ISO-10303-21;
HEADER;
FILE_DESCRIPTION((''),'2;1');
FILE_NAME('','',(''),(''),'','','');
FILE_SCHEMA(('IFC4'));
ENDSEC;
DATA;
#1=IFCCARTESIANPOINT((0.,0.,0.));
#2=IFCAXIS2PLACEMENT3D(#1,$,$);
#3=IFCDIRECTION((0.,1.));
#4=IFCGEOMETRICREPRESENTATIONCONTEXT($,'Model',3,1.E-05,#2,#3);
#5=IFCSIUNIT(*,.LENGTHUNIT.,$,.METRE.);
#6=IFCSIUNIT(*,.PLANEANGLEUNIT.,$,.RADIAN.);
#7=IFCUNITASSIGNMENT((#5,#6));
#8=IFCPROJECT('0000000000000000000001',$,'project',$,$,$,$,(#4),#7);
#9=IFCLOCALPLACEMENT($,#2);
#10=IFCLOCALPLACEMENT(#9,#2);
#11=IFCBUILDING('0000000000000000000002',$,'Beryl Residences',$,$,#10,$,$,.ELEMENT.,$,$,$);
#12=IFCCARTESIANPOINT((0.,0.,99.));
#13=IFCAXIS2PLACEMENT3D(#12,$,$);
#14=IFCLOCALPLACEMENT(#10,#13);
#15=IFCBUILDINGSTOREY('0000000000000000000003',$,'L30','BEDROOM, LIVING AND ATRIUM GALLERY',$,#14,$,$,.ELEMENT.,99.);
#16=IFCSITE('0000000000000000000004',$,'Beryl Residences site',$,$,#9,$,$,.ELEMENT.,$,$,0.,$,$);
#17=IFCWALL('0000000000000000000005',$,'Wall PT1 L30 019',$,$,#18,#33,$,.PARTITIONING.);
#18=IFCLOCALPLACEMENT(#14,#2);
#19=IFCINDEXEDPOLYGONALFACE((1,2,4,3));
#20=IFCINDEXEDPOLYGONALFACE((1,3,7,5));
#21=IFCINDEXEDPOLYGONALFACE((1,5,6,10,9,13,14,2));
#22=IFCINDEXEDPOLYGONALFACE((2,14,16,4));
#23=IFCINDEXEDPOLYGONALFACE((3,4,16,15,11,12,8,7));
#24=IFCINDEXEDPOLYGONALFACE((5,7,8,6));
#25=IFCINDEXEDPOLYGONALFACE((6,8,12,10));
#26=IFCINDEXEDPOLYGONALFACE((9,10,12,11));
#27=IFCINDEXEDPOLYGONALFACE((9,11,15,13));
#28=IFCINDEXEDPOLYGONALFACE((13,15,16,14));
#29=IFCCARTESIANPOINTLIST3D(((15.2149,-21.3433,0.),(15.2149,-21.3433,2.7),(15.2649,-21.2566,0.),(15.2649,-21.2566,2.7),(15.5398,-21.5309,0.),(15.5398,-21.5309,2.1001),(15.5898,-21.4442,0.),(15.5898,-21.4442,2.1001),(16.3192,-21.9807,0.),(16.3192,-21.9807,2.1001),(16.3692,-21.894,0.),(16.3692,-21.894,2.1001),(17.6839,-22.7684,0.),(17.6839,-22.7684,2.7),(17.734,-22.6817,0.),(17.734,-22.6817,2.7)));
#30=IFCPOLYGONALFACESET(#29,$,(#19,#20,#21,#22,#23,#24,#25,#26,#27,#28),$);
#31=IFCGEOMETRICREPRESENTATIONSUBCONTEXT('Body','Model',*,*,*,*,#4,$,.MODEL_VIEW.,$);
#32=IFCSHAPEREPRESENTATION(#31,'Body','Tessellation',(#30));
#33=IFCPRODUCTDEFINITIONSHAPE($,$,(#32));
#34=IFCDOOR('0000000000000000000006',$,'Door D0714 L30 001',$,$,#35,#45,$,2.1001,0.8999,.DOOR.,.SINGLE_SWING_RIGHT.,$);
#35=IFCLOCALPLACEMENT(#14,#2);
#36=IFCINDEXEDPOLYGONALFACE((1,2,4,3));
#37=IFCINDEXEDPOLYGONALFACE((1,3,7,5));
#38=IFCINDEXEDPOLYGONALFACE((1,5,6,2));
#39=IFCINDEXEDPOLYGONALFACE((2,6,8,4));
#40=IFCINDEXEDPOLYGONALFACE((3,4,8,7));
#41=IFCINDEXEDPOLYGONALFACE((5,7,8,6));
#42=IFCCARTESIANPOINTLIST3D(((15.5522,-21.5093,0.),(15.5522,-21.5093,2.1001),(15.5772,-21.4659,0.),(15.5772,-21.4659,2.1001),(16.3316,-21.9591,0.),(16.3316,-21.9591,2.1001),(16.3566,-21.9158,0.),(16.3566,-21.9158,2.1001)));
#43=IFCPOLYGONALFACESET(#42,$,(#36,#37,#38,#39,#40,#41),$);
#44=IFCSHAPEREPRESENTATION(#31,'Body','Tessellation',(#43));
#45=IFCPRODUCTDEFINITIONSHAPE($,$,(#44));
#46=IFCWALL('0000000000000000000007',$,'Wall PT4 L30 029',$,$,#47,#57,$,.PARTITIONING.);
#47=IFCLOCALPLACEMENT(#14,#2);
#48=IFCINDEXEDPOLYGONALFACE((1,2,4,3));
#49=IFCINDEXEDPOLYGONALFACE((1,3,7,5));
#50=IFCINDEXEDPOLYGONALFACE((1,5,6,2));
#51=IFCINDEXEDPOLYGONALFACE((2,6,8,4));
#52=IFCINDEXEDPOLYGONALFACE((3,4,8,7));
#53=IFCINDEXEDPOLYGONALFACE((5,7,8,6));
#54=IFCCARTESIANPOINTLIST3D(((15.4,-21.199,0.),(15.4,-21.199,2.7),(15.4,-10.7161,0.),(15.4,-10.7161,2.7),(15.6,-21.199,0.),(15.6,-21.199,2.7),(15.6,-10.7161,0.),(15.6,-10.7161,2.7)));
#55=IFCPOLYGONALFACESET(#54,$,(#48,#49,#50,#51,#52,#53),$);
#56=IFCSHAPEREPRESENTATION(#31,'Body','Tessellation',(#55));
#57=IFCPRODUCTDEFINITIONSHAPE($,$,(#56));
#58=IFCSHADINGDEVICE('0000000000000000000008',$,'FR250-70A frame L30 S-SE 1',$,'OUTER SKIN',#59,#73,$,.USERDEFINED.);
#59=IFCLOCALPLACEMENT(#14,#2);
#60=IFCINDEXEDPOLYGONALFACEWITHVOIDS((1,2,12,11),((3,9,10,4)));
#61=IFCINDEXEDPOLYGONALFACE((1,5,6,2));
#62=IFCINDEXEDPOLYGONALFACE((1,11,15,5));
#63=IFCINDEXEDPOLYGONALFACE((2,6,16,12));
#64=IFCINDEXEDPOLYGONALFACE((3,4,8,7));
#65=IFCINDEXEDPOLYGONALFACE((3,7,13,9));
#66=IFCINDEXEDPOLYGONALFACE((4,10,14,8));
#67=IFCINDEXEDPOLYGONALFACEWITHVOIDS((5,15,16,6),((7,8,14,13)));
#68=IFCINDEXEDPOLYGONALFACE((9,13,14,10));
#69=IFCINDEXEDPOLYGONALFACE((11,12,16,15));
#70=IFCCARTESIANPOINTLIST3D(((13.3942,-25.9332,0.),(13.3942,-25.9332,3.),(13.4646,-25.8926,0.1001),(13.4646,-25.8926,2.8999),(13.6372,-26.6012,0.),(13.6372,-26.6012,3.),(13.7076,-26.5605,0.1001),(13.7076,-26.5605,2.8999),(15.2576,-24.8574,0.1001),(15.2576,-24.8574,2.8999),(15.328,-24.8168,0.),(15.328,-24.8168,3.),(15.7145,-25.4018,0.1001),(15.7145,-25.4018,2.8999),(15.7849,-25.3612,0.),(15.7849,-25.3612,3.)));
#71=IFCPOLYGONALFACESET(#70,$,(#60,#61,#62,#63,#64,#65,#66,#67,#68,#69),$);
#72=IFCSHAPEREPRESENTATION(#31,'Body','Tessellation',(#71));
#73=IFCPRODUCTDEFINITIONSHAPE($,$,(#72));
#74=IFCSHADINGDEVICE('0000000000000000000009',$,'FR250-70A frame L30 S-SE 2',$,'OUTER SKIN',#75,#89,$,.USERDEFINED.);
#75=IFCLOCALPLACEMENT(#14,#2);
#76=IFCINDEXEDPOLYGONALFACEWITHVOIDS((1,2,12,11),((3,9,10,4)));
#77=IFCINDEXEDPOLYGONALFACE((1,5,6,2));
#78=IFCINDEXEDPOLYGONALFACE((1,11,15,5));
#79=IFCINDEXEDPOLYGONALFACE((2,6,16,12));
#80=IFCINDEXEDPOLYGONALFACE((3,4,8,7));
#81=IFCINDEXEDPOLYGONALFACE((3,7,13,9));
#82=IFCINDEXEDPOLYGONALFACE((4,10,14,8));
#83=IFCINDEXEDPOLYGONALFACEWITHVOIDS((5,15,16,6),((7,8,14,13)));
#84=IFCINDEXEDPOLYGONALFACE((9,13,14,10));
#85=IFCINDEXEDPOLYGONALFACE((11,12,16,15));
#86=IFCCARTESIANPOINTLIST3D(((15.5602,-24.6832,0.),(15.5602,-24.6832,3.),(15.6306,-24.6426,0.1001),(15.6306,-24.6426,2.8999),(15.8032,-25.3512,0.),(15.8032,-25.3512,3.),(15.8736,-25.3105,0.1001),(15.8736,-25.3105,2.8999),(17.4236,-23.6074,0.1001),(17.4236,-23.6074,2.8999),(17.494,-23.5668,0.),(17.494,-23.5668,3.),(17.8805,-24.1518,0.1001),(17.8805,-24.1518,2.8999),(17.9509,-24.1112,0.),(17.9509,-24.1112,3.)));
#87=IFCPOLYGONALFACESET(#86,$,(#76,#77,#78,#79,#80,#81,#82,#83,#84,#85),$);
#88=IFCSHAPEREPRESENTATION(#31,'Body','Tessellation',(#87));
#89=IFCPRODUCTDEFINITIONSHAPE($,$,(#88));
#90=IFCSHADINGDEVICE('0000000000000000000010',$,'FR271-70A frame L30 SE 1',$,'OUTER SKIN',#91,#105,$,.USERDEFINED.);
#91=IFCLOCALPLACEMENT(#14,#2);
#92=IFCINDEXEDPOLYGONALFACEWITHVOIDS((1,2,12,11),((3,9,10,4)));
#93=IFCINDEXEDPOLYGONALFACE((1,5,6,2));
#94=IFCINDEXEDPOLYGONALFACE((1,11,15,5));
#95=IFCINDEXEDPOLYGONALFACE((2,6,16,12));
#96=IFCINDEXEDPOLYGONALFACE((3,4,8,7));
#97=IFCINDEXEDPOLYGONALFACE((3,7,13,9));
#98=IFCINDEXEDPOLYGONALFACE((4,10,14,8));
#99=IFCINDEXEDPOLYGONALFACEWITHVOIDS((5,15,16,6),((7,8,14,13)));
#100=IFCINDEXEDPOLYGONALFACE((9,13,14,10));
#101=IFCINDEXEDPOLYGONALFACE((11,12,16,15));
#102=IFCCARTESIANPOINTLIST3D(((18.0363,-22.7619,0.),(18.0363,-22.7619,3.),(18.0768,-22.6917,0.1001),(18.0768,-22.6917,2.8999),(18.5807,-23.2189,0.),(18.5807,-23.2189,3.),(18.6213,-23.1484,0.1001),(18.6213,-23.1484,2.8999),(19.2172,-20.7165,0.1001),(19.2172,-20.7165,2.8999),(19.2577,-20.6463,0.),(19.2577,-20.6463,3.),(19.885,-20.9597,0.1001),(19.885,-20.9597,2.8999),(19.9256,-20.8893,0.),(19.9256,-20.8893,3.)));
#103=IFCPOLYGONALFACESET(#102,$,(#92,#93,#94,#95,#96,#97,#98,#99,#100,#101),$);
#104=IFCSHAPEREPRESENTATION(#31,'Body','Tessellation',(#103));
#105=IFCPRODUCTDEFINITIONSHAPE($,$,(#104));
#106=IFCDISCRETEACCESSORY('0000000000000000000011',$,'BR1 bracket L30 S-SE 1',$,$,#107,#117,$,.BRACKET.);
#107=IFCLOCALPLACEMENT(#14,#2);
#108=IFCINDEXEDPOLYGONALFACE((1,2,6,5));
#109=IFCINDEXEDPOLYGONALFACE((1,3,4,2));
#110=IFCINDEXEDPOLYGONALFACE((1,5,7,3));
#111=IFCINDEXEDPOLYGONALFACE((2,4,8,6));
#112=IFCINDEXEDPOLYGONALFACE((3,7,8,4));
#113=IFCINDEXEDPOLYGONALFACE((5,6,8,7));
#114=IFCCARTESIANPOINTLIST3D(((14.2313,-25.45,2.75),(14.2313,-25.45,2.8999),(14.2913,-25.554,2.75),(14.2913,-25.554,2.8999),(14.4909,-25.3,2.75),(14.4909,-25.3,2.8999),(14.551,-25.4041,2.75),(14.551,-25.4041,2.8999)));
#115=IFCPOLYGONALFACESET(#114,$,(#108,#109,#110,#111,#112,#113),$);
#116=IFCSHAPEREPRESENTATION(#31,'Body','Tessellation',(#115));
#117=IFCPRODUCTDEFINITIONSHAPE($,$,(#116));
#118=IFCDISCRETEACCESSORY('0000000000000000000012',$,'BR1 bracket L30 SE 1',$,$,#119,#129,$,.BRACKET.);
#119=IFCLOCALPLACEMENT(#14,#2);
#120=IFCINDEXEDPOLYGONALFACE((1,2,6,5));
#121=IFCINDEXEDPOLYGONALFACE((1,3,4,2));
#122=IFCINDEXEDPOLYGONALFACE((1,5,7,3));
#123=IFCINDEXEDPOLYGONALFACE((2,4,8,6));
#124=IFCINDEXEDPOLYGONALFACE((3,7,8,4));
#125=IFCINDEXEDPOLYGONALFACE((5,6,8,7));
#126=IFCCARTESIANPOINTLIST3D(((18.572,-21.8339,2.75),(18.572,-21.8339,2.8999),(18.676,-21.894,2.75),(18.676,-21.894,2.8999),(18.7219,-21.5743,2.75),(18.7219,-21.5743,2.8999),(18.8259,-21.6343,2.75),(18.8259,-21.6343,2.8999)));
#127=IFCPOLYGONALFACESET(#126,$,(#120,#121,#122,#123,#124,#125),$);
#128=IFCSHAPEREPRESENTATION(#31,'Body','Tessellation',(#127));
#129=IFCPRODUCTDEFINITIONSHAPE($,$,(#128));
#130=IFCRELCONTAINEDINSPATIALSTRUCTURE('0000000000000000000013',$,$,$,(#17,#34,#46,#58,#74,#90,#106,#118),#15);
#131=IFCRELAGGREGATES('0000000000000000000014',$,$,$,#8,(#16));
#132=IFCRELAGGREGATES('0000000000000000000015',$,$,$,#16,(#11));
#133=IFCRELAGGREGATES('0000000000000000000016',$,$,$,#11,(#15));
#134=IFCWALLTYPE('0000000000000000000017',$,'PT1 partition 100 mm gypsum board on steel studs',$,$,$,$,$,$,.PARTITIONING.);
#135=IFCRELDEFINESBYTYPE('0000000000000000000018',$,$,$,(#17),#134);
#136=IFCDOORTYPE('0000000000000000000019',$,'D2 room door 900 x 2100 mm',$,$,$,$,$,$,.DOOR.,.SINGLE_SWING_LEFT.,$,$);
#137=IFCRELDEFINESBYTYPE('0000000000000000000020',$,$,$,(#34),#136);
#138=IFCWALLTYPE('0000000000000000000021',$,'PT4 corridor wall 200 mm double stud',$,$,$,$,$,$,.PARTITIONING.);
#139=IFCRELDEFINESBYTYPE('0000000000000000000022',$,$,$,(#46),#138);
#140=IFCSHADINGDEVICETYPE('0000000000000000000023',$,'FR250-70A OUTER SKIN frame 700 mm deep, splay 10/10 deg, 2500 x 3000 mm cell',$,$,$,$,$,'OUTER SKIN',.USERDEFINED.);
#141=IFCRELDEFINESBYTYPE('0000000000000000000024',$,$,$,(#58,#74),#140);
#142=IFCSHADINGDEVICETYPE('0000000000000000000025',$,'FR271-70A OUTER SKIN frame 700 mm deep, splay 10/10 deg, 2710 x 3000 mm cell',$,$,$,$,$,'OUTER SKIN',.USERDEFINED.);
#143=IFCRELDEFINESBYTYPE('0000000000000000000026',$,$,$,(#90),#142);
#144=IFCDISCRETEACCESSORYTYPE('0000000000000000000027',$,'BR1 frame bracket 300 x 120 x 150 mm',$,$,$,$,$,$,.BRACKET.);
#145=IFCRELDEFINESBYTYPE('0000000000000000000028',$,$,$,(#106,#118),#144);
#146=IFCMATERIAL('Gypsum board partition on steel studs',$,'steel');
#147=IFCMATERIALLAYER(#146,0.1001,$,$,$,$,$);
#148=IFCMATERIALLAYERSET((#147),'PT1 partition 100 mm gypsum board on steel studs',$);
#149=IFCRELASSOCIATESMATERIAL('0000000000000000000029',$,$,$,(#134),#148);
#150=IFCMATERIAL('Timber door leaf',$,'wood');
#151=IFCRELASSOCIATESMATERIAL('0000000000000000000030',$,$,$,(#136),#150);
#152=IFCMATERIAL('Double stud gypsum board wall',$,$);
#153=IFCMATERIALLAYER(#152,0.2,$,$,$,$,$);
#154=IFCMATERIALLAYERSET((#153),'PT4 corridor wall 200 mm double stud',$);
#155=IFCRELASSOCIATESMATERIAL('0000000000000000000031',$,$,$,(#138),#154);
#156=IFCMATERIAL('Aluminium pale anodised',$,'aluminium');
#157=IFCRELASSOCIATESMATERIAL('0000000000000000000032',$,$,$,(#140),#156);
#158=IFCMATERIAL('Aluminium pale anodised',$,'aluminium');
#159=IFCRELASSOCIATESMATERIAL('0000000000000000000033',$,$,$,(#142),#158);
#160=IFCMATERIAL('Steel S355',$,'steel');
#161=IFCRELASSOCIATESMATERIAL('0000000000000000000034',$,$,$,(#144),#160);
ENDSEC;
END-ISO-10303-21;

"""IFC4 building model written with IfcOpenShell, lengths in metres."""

from ifc_helpers import new_model, entity, si_unit, direction, frame, frame_2d, origin, place, context, subcontext, project, spatial, polyline, rectangle, outline, extrude, source, transform, mapped, material, layer, layer_set, type_object, type_shapes, element, fill, save


model = new_model("IFC4")

# Units and contexts
model_context = context("Model", 3, precision=1e-05, world=origin(), true_north=direction((0.0, 1.0)))
body_context = subcontext(model_context, "Body", "Model", "MODEL_VIEW")
ifc_project = project(units=[si_unit("LENGTHUNIT", "METRE"), si_unit("PLANEANGLEUNIT", "RADIAN")], contexts=[model_context])

# Site, building, storey
site_placement = place(None, origin())
site = spatial("IfcSite", under=ifc_project, at=site_placement, Name="Beryl Residences site", CompositionType="ELEMENT", RefElevation=0.0)
building_placement = place(site_placement, origin())
building = spatial("IfcBuilding", under=site, at=building_placement, Name="Beryl Residences", CompositionType="ELEMENT")
storey_placement = place(building_placement, frame((0.0, 0.0, 99.0)))
storey = spatial("IfcBuildingStorey", under=building, at=storey_placement, Name="L30", Description="BEDROOM, LIVING AND ATRIUM GALLERY", CompositionType="ELEMENT", Elevation=99.0)

# Wall, opening, door
ifc_material_1 = material(Name="Gypsum board partition on steel studs", Category="steel")
ifc_layer_1 = layer(ifc_material_1, 0.1001)
ifc_layer_set_1 = layer_set([ifc_layer_1], Name="PT1 partition 100 mm gypsum board on steel studs")
wall_type_1 = type_object("IfcWallType", Name="PT1 partition 100 mm gypsum board on steel studs", PredefinedType="PARTITIONING", material=ifc_layer_set_1)
wall_1_placement = place(storey_placement, frame((15.24, -21.3, 0.0), z_axis=(0.0, 0.0, 1.0), x_axis=(0.86609, -0.499888, 0.0)))
wall_1 = element("IfcWall", 1, at=wall_1_placement, inside=storey, type_object=wall_type_1, Name="Wall PT1 L30 019", PredefinedType="PARTITIONING", context=body_context, shape_type="SweptSolid", body=[
    extrude(rectangle(XDim=2.8508, YDim=0.1001, at=frame_2d((1.4253, 0.0))), origin(), (0.0, 0.0, 1.0), 2.7),
])
opening_1_placement = place(wall_1_placement, frame((0.375, 0.0, 0.0)))
opening_1 = element("IfcOpeningElement", 2, at=opening_1_placement, cuts=wall_1, PredefinedType="OPENING", context=body_context, shape_type="SweptSolid", body=[
    extrude(rectangle(XDim=0.8999, YDim=2.1001, at=frame_2d((0.45, 1.05))), frame((0.0, 0.0601, 0.0), z_axis=(0.0, -1.0, 0.0), x_axis=(1.0, 0.0, 0.0)), (0.0, 0.0, 1.0), 0.1201),
])
ifc_material_2 = material(Name="Timber door leaf", Category="wood")
door_type = type_object("IfcDoorType", Name="D2 room door 900 x 2100 mm", OperationType="SINGLE_SWING_LEFT", PredefinedType="DOOR", material=ifc_material_2)
door_placement = place(opening_1_placement, origin())
door = element("IfcDoor", 3, at=door_placement, inside=storey, type_object=door_type, Name="Door D0714 L30 001", OperationType="SINGLE_SWING_RIGHT", OverallHeight=2.1001, OverallWidth=0.8999, PredefinedType="DOOR", context=body_context, shape_type="SweptSolid", body=[
    extrude(rectangle(XDim=0.8999, YDim=2.1001, at=frame_2d((0.45, 1.05))), frame((0.0, 0.0249, 0.0), z_axis=(0.0, -1.0, 0.0), x_axis=(1.0, 0.0, 0.0)), (0.0, 0.0, 1.0), 0.05),
])
fill(opening_1, door)

# Wall
ifc_material_3 = material(Name="Double stud gypsum board wall")
ifc_layer_2 = layer(ifc_material_3, 0.2)
ifc_layer_set_2 = layer_set([ifc_layer_2], Name="PT4 corridor wall 200 mm double stud")
wall_type_2 = type_object("IfcWallType", Name="PT4 corridor wall 200 mm double stud", PredefinedType="PARTITIONING", material=ifc_layer_set_2)
wall_2_placement = place(storey_placement, frame((15.5, -21.199, 0.0), z_axis=(0.0, 0.0, 1.0), x_axis=(0.0, 1.0, 0.0)))
element("IfcWall", 4, at=wall_2_placement, inside=storey, type_object=wall_type_2, Name="Wall PT4 L30 029", PredefinedType="PARTITIONING", context=body_context, shape_type="SweptSolid", body=[
    extrude(rectangle(XDim=10.4829, YDim=0.2, at=frame_2d((5.2415, 0.0))), origin(), (0.0, 0.0, 1.0), 2.7),
])

# Shading devices
ifc_material_4 = material(Name="Aluminium pale anodised", Category="aluminium")
shading_device_type_1 = type_object("IfcShadingDeviceType", Name="FR250-70A OUTER SKIN frame 700 mm deep, splay 10/10 deg, 2500 x 3000 mm cell", ElementType="OUTER SKIN", PredefinedType="USERDEFINED", material=ifc_material_4)
cartesian_point_1 = entity("IfcCartesianPoint", [-1.1165, 0.0])
cartesian_point_2 = entity("IfcCartesianPoint", [-1.0352, 0.1001])
cartesian_point_3 = entity("IfcCartesianPoint", [-1.24, 0.0])
cartesian_point_4 = entity("IfcCartesianPoint", [-1.1587, 0.1001])
shared_shape_1 = source(origin(), body_context, "Body", "SweptSolid", [
    entity("IfcExtrudedAreaSolidTapered", entity("IfcArbitraryProfileDefWithVoids", "AREA", None, entity("IfcPolyline", [cartesian_point_1, entity("IfcCartesianPoint", [1.1165, 0.0]), entity("IfcCartesianPoint", [1.1165, 3.0]), entity("IfcCartesianPoint", [-1.1165, 3.0]), cartesian_point_1]), [entity("IfcPolyline", [cartesian_point_2, entity("IfcCartesianPoint", [1.0352, 0.1001]), entity("IfcCartesianPoint", [1.0352, 2.8999]), entity("IfcCartesianPoint", [-1.0352, 2.8999]), cartesian_point_2])]), entity("IfcAxis2Placement3D", entity("IfcCartesianPoint", [0.0, 0.0, 0.0]), entity("IfcDirection", [0.0, 1.0, 0.0]), entity("IfcDirection", [-1.0, 0.0, 0.0])), entity("IfcDirection", [0.0, 0.0, 1.0]), 0.7, entity("IfcArbitraryProfileDefWithVoids", "AREA", None, entity("IfcPolyline", [cartesian_point_3, entity("IfcCartesianPoint", [1.24, 0.0]), entity("IfcCartesianPoint", [1.24, 3.0]), entity("IfcCartesianPoint", [-1.24, 3.0]), cartesian_point_3]), [entity("IfcPolyline", [cartesian_point_4, entity("IfcCartesianPoint", [1.1587, 0.1001]), entity("IfcCartesianPoint", [1.1587, 2.8999]), entity("IfcCartesianPoint", [-1.1587, 2.8999]), cartesian_point_4])])),
])
type_shapes(shading_device_type_1, [shared_shape_1])
for number, where, z_axis, x_axis, name in (
    (5, (14.3611, -25.375, 0.0), (0.0, 0.0, 1.0), (-0.866025, -0.5, 0.0), "FR250-70A frame L30 S-SE 1"),
    (6, (16.5271, -24.125, 0.0), (0.0, 0.0, 1.0), (-0.866025, -0.5, 0.0), "FR250-70A frame L30 S-SE 2"),
):
    element("IfcShadingDevice", number, at=place(storey_placement, frame(where, z_axis=z_axis, x_axis=x_axis)), inside=storey, type_object=shading_device_type_1, Name=name, ObjectType="OUTER SKIN", PredefinedType="USERDEFINED", context=body_context, shape_type="MappedRepresentation", body=[
        mapped(shared_shape_1, transform((0.0, 0.0, 0.0))),
    ])
ifc_material_5 = material(Name="Aluminium pale anodised", Category="aluminium")
shading_device_type_2 = type_object("IfcShadingDeviceType", Name="FR271-70A OUTER SKIN frame 700 mm deep, splay 10/10 deg, 2710 x 3000 mm cell", ElementType="OUTER SKIN", PredefinedType="USERDEFINED", material=ifc_material_5)
cartesian_point_5 = entity("IfcCartesianPoint", [-1.2214, 0.0])
cartesian_point_6 = entity("IfcCartesianPoint", [-1.1404, 0.1001])
cartesian_point_7 = entity("IfcCartesianPoint", [-1.345, 0.0])
cartesian_point_8 = entity("IfcCartesianPoint", [-1.2637, 0.1001])
shared_shape_2 = source(origin(), body_context, "Body", "SweptSolid", [
    entity("IfcExtrudedAreaSolidTapered", entity("IfcArbitraryProfileDefWithVoids", "AREA", None, entity("IfcPolyline", [cartesian_point_5, entity("IfcCartesianPoint", [1.2214, 0.0]), entity("IfcCartesianPoint", [1.2214, 3.0]), entity("IfcCartesianPoint", [-1.2214, 3.0]), cartesian_point_5]), [entity("IfcPolyline", [cartesian_point_6, entity("IfcCartesianPoint", [1.1404, 0.1001]), entity("IfcCartesianPoint", [1.1404, 2.8999]), entity("IfcCartesianPoint", [-1.1404, 2.8999]), cartesian_point_6])]), entity("IfcAxis2Placement3D", entity("IfcCartesianPoint", [0.0, 0.0, 0.0]), entity("IfcDirection", [0.0, 1.0, 0.0]), entity("IfcDirection", [-1.0, 0.0, 0.0])), entity("IfcDirection", [0.0, 0.0, 1.0]), 0.7, entity("IfcArbitraryProfileDefWithVoids", "AREA", None, entity("IfcPolyline", [cartesian_point_7, entity("IfcCartesianPoint", [1.345, 0.0]), entity("IfcCartesianPoint", [1.345, 3.0]), entity("IfcCartesianPoint", [-1.345, 3.0]), cartesian_point_7]), [entity("IfcPolyline", [cartesian_point_8, entity("IfcCartesianPoint", [1.2637, 0.1001]), entity("IfcCartesianPoint", [1.2637, 2.8999]), entity("IfcCartesianPoint", [-1.2637, 2.8999]), cartesian_point_8])])),
])
type_shapes(shading_device_type_2, [shared_shape_2])
shading_device_placement = place(storey_placement, frame((18.647, -21.7041, 0.0), z_axis=(0.0, 0.0, 1.0), x_axis=(-0.5, -0.866025, 0.0)))
element("IfcShadingDevice", 7, at=shading_device_placement, inside=storey, type_object=shading_device_type_2, Name="FR271-70A frame L30 SE 1", ObjectType="OUTER SKIN", PredefinedType="USERDEFINED", context=body_context, shape_type="MappedRepresentation", body=[
    mapped(shared_shape_2, transform((0.0, 0.0, 0.0))),
])

# Discrete accessories
ifc_material_6 = material(Name="Steel S355", Category="steel")
discrete_accessory_type = type_object("IfcDiscreteAccessoryType", Name="BR1 frame bracket 300 x 120 x 150 mm", PredefinedType="BRACKET", material=ifc_material_6)
shared_shape_3 = source(origin(), body_context, "Body", "SweptSolid", [
    extrude(outline(polyline([(-0.1499, 0.0), (0.1499, 0.0), (0.1499, 0.1201), (-0.1499, 0.1201), (-0.1499, 0.0)])), origin(), (0.0, 0.0, 1.0), 0.1499),
])
type_shapes(discrete_accessory_type, [shared_shape_3])
for number, where, z_axis, x_axis, name in (
    (8, (14.3611, -25.375, 2.75), (0.0, 0.0, 1.0), (-0.866025, -0.5, 0.0), "BR1 bracket L30 S-SE 1"),
    (9, (18.647, -21.7041, 2.75), (0.0, 0.0, 1.0), (-0.5, -0.866025, 0.0), "BR1 bracket L30 SE 1"),
):
    element("IfcDiscreteAccessory", number, at=place(storey_placement, frame(where, z_axis=z_axis, x_axis=x_axis)), inside=storey, type_object=discrete_accessory_type, Name=name, PredefinedType="BRACKET", context=body_context, shape_type="MappedRepresentation", body=[
        mapped(shared_shape_3, transform((0.0, 0.0, 0.0))),
    ])

save(model, "model.ifc")
